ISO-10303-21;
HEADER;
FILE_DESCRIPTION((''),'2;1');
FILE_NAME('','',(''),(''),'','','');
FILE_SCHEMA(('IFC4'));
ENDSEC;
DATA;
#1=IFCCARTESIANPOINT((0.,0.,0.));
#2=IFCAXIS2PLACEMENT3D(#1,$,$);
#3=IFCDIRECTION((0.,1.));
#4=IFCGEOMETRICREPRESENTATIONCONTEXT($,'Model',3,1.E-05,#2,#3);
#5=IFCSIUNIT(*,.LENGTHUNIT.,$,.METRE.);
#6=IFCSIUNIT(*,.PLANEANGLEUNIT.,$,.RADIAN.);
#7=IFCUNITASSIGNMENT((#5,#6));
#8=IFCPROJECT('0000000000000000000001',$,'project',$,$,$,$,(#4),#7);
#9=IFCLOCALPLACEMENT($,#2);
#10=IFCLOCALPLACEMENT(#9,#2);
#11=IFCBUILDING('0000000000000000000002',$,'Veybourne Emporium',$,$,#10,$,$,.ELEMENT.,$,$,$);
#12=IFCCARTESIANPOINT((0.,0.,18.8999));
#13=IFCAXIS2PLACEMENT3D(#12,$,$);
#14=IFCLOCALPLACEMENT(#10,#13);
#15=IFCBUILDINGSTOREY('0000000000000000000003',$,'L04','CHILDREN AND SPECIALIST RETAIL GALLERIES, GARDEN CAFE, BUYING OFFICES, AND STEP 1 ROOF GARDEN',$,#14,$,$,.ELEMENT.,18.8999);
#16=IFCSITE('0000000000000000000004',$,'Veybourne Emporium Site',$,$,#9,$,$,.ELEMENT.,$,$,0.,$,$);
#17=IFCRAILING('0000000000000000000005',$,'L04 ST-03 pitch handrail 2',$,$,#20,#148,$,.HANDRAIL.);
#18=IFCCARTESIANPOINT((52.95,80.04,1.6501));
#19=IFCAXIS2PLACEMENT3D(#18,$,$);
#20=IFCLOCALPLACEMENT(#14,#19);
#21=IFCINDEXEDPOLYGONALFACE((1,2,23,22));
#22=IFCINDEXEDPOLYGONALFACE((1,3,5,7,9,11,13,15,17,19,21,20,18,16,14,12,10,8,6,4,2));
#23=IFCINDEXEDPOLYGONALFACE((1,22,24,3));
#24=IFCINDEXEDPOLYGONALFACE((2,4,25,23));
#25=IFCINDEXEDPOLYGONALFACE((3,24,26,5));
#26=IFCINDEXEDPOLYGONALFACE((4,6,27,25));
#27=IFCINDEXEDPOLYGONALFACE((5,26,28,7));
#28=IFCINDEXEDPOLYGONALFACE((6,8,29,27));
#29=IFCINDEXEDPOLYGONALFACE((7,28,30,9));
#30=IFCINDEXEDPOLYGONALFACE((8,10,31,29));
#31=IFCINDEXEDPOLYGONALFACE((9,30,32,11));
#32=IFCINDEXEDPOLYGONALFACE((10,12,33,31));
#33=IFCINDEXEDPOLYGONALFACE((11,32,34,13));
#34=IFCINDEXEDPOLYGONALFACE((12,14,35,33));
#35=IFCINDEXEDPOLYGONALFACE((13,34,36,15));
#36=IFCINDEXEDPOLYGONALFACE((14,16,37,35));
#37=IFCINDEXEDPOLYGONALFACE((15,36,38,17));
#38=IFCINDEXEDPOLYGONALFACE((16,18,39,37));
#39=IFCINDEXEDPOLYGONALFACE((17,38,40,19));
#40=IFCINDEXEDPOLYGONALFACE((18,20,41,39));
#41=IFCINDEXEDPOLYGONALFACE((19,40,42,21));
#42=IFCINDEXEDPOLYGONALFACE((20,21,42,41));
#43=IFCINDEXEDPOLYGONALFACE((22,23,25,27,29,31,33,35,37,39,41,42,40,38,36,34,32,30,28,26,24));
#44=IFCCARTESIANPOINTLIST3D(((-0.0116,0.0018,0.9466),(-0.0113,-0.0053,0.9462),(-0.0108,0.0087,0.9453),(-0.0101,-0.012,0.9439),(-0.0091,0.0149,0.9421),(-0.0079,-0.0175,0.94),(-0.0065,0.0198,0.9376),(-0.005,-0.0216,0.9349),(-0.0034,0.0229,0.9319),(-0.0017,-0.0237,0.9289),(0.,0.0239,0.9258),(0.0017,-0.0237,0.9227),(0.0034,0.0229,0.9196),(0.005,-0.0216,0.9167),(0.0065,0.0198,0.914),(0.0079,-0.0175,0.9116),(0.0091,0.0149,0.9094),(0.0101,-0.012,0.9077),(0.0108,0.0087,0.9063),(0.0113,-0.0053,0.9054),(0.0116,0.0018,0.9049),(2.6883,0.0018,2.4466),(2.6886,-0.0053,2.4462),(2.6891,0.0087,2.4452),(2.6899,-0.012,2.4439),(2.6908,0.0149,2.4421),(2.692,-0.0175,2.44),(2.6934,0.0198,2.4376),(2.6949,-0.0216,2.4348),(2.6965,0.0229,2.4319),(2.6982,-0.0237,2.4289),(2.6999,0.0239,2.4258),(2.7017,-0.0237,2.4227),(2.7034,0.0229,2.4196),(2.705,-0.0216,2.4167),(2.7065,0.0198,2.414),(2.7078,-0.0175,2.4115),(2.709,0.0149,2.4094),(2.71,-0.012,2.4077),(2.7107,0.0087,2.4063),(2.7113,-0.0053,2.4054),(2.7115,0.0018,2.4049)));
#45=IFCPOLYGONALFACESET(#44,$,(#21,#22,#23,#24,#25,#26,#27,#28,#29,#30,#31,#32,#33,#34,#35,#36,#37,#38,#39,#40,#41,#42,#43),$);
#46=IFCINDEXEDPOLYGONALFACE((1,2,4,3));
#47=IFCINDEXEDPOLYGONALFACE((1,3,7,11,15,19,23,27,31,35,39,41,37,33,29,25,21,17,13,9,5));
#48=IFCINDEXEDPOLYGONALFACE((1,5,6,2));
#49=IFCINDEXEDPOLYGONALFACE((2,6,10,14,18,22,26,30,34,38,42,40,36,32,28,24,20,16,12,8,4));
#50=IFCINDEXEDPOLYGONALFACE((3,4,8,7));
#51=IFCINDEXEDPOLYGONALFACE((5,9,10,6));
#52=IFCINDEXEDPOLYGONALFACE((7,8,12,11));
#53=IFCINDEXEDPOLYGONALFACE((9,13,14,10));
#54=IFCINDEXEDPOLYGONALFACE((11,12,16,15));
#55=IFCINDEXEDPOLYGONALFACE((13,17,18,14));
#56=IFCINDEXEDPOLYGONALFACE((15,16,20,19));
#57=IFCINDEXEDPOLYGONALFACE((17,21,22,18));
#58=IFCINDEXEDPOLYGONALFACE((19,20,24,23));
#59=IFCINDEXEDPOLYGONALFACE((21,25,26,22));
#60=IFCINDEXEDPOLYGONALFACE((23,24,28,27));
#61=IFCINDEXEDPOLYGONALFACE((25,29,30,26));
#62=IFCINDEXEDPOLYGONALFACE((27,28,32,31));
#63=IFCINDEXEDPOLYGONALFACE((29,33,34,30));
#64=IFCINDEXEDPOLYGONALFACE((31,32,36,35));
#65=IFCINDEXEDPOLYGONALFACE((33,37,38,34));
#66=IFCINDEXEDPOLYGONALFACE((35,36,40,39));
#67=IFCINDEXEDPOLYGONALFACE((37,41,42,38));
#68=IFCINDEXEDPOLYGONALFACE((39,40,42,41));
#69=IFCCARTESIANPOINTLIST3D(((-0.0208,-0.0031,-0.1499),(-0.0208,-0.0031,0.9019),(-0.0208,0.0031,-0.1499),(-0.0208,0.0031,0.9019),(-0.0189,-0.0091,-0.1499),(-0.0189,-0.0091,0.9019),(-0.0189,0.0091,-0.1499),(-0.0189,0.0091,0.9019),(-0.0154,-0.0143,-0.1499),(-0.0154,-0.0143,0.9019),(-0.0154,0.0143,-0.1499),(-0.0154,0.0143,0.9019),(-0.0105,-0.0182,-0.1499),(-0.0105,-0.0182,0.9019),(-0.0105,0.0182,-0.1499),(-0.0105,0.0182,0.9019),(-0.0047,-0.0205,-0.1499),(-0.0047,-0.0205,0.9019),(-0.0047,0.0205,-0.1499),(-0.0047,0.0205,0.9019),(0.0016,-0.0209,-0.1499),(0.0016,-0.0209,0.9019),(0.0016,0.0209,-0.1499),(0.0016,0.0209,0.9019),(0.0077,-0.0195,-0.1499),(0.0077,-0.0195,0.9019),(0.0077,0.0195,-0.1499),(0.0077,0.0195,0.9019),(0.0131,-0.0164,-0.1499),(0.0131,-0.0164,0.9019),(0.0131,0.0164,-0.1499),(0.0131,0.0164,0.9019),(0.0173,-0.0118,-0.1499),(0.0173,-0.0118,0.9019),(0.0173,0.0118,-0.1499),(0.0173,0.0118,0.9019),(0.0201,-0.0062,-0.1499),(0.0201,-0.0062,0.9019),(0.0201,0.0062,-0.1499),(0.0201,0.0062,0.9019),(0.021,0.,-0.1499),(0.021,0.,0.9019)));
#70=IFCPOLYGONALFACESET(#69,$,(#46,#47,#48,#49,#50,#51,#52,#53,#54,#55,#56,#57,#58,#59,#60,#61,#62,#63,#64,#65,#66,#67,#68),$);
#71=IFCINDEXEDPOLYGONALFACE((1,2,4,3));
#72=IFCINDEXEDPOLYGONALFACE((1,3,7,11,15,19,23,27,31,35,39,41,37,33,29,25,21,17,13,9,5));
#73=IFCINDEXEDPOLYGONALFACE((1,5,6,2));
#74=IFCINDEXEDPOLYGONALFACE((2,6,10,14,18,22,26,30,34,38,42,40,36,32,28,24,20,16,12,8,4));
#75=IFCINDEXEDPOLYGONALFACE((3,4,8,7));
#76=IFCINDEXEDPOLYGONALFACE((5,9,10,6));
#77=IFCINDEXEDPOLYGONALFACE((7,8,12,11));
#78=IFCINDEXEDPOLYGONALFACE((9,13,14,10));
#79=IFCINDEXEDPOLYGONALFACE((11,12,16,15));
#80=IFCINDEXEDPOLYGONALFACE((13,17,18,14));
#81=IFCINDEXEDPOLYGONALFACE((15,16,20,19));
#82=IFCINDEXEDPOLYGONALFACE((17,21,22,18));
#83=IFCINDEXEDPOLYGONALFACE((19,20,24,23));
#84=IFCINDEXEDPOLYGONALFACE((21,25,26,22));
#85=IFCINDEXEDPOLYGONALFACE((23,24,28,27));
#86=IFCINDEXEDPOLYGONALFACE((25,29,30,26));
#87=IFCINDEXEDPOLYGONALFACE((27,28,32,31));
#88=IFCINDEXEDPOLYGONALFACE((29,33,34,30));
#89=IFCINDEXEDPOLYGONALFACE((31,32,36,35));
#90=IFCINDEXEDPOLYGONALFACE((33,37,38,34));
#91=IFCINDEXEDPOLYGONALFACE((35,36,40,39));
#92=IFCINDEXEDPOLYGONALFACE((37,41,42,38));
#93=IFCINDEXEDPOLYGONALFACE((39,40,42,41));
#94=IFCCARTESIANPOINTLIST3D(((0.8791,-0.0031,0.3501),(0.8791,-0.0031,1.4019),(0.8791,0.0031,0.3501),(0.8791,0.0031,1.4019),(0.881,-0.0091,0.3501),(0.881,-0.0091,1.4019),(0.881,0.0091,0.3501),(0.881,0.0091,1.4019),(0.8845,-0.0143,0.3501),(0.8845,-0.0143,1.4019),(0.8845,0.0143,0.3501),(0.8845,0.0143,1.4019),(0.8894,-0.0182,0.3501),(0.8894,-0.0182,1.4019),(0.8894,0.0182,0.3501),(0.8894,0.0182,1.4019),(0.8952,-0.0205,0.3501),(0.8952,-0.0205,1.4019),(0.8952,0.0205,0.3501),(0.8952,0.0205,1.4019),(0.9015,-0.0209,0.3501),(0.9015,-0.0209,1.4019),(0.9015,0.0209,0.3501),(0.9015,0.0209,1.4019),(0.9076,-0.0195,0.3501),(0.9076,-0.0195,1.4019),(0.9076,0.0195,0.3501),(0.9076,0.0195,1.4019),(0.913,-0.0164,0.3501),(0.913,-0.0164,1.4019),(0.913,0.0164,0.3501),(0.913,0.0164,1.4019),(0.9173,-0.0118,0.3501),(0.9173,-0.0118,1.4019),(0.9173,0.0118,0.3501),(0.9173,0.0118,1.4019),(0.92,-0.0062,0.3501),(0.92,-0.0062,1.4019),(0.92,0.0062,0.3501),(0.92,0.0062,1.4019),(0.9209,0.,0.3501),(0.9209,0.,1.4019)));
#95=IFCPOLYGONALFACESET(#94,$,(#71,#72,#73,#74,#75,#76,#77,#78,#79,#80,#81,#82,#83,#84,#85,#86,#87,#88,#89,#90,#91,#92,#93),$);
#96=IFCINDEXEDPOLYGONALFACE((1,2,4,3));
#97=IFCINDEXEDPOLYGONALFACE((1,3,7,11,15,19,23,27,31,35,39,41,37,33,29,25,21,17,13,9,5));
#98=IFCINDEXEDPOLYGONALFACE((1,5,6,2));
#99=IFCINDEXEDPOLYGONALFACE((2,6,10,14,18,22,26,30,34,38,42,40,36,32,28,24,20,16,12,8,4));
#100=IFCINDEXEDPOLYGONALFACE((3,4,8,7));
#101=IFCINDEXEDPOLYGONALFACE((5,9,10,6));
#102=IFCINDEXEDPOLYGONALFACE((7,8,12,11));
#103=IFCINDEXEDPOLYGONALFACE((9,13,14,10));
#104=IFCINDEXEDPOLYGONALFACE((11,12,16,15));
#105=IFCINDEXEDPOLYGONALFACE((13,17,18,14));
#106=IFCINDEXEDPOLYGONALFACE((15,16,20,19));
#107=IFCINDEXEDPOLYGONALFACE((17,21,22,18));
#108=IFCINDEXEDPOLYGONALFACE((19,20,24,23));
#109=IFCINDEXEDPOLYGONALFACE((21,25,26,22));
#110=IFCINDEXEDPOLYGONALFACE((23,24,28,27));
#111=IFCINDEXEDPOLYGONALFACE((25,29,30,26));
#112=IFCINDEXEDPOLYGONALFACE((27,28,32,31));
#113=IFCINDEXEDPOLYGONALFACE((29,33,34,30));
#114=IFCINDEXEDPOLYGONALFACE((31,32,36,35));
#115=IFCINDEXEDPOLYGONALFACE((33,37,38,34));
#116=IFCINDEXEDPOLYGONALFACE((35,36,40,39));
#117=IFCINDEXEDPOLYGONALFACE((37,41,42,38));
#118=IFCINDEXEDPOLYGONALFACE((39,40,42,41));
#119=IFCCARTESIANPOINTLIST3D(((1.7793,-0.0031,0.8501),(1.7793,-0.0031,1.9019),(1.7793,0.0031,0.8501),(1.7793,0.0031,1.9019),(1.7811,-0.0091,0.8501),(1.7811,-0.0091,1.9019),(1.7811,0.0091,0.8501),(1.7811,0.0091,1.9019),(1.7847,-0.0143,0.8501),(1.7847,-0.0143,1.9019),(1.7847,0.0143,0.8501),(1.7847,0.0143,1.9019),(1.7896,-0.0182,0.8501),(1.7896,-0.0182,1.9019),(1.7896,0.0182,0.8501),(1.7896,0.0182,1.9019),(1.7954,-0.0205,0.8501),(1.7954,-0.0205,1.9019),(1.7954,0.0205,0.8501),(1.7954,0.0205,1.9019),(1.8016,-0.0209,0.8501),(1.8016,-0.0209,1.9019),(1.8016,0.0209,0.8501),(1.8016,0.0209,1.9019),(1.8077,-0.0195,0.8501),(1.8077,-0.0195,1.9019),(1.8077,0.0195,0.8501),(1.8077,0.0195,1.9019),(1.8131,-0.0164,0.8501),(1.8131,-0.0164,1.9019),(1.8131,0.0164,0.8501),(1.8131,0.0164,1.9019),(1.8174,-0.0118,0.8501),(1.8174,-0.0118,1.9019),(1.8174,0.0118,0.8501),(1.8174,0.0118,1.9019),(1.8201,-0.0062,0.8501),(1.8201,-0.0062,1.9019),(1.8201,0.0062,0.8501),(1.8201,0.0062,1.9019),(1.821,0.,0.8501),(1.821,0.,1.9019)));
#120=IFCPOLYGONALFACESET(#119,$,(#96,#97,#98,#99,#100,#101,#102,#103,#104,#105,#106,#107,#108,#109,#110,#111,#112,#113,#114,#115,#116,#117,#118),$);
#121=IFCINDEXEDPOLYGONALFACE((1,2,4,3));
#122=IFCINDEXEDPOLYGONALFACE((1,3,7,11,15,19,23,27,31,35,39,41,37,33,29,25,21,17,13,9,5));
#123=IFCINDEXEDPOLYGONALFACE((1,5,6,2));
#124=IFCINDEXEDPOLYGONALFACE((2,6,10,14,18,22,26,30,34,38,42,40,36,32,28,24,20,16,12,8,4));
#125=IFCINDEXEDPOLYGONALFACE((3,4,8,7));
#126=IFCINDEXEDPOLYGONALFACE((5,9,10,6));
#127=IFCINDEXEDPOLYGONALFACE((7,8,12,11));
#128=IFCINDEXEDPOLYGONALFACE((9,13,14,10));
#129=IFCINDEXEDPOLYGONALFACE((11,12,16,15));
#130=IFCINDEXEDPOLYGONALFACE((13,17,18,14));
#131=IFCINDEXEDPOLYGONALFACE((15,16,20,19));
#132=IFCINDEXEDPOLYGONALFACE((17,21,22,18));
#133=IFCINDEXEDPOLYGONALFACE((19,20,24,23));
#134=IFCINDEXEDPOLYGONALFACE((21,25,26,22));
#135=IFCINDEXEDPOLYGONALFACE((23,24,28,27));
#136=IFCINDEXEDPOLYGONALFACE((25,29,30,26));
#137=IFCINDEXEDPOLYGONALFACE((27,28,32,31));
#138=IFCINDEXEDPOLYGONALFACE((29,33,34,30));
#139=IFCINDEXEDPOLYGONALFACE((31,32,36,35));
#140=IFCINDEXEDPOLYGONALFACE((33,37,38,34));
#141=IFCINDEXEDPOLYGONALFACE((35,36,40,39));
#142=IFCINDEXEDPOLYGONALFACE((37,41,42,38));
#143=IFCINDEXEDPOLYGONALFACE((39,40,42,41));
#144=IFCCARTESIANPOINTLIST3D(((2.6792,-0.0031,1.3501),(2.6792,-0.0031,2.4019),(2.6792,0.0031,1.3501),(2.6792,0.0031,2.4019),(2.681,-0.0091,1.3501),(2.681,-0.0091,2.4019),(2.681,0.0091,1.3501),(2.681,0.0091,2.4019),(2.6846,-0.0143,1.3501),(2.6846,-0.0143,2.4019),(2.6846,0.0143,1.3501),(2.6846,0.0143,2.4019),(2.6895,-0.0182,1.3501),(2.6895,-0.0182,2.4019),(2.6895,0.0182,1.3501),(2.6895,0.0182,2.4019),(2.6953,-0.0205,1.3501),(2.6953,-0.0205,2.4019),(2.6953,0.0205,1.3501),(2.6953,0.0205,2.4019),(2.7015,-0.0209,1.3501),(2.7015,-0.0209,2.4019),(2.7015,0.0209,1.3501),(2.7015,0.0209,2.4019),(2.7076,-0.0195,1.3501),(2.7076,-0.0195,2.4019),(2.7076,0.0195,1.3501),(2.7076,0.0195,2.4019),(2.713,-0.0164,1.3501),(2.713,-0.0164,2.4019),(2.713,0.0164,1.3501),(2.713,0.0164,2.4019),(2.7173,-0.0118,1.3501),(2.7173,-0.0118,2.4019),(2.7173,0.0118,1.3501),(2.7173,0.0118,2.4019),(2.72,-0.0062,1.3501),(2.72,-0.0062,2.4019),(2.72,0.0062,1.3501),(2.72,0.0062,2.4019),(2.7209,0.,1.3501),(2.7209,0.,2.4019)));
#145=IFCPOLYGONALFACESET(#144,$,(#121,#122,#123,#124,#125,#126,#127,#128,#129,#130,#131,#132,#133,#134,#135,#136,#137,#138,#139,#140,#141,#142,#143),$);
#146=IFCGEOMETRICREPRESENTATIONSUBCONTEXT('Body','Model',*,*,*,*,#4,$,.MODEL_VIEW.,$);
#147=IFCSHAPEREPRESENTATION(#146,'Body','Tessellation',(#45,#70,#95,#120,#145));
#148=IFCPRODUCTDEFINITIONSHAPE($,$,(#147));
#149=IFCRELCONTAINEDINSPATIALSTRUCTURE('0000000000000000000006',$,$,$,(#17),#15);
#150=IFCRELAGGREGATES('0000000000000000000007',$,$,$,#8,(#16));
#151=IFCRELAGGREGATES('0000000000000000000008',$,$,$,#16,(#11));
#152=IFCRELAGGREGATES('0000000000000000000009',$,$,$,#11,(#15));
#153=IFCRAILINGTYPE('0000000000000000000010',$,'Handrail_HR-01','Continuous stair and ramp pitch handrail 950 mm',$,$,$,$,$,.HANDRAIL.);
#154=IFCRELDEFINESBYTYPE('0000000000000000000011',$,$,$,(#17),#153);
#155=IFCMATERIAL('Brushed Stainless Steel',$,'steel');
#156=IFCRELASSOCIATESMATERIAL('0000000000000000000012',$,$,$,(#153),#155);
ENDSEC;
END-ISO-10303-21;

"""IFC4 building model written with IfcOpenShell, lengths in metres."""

from ifc_helpers import new_model, si_unit, direction, frame, origin, origin_2d, place, context, subcontext, project, spatial, circle, extrude, material, type_object, element, save


model = new_model("IFC4")

# Units and contexts
model_context = context("Model", 3, precision=1e-05, world=origin(), true_north=direction((0.0, 1.0)))
body_context = subcontext(model_context, "Body", "Model", "MODEL_VIEW")
ifc_project = project(units=[si_unit("LENGTHUNIT", "METRE"), si_unit("PLANEANGLEUNIT", "RADIAN")], contexts=[model_context])

# Site, building, storey
site_placement = place(None, origin())
site = spatial("IfcSite", under=ifc_project, at=site_placement, Name="Veybourne Emporium Site", CompositionType="ELEMENT", RefElevation=0.0)
building_placement = place(site_placement, origin())
building = spatial("IfcBuilding", under=site, at=building_placement, Name="Veybourne Emporium", CompositionType="ELEMENT")
storey_placement = place(building_placement, frame((0.0, 0.0, 18.8999)))
storey = spatial("IfcBuildingStorey", under=building, at=storey_placement, Name="L04", Description="CHILDREN AND SPECIALIST RETAIL GALLERIES, GARDEN CAFE, BUYING OFFICES, AND STEP 1 ROOF GARDEN", CompositionType="ELEMENT", Elevation=18.8999)

# Railing
ifc_material_1 = material(Name="Brushed Stainless Steel", Category="steel")
railing_type_1 = type_object("IfcRailingType", Name="Handrail_HR-01", Description="Continuous stair and ramp pitch handrail 950 mm", PredefinedType="HANDRAIL", material=ifc_material_1)
railing_1_placement = place(storey_placement, frame((52.95, 80.04, 1.6501)))
element("IfcRailing", 1, at=railing_1_placement, inside=storey, type_object=railing_type_1, Name="L04 ST-03 pitch handrail 2", PredefinedType="HANDRAIL", context=body_context, shape_type="SweptSolid", body=[
    extrude(circle(Radius=0.0239, at=origin_2d()), frame((0.0, 0.0, 0.9258), z_axis=(0.874154, 0.0, 0.48565), x_axis=(0.0, 1.0, 0.0)), (0.0, 0.0, 1.0), 3.0886),
    extrude(circle(Radius=0.021, at=origin_2d()), frame((0.0, 0.0, -0.1499)), (0.0, 0.0, 1.0), 1.0518),
    extrude(circle(Radius=0.021, at=origin_2d()), frame((0.8999, 0.0, 0.3501)), (0.0, 0.0, 1.0), 1.0518),
    extrude(circle(Radius=0.021, at=origin_2d()), frame((1.8, 0.0, 0.8501)), (0.0, 0.0, 1.0), 1.0518),
    extrude(circle(Radius=0.021, at=origin_2d()), frame((2.7, 0.0, 1.3501)), (0.0, 0.0, 1.0), 1.0518),
])

save(model, "model.ifc")
